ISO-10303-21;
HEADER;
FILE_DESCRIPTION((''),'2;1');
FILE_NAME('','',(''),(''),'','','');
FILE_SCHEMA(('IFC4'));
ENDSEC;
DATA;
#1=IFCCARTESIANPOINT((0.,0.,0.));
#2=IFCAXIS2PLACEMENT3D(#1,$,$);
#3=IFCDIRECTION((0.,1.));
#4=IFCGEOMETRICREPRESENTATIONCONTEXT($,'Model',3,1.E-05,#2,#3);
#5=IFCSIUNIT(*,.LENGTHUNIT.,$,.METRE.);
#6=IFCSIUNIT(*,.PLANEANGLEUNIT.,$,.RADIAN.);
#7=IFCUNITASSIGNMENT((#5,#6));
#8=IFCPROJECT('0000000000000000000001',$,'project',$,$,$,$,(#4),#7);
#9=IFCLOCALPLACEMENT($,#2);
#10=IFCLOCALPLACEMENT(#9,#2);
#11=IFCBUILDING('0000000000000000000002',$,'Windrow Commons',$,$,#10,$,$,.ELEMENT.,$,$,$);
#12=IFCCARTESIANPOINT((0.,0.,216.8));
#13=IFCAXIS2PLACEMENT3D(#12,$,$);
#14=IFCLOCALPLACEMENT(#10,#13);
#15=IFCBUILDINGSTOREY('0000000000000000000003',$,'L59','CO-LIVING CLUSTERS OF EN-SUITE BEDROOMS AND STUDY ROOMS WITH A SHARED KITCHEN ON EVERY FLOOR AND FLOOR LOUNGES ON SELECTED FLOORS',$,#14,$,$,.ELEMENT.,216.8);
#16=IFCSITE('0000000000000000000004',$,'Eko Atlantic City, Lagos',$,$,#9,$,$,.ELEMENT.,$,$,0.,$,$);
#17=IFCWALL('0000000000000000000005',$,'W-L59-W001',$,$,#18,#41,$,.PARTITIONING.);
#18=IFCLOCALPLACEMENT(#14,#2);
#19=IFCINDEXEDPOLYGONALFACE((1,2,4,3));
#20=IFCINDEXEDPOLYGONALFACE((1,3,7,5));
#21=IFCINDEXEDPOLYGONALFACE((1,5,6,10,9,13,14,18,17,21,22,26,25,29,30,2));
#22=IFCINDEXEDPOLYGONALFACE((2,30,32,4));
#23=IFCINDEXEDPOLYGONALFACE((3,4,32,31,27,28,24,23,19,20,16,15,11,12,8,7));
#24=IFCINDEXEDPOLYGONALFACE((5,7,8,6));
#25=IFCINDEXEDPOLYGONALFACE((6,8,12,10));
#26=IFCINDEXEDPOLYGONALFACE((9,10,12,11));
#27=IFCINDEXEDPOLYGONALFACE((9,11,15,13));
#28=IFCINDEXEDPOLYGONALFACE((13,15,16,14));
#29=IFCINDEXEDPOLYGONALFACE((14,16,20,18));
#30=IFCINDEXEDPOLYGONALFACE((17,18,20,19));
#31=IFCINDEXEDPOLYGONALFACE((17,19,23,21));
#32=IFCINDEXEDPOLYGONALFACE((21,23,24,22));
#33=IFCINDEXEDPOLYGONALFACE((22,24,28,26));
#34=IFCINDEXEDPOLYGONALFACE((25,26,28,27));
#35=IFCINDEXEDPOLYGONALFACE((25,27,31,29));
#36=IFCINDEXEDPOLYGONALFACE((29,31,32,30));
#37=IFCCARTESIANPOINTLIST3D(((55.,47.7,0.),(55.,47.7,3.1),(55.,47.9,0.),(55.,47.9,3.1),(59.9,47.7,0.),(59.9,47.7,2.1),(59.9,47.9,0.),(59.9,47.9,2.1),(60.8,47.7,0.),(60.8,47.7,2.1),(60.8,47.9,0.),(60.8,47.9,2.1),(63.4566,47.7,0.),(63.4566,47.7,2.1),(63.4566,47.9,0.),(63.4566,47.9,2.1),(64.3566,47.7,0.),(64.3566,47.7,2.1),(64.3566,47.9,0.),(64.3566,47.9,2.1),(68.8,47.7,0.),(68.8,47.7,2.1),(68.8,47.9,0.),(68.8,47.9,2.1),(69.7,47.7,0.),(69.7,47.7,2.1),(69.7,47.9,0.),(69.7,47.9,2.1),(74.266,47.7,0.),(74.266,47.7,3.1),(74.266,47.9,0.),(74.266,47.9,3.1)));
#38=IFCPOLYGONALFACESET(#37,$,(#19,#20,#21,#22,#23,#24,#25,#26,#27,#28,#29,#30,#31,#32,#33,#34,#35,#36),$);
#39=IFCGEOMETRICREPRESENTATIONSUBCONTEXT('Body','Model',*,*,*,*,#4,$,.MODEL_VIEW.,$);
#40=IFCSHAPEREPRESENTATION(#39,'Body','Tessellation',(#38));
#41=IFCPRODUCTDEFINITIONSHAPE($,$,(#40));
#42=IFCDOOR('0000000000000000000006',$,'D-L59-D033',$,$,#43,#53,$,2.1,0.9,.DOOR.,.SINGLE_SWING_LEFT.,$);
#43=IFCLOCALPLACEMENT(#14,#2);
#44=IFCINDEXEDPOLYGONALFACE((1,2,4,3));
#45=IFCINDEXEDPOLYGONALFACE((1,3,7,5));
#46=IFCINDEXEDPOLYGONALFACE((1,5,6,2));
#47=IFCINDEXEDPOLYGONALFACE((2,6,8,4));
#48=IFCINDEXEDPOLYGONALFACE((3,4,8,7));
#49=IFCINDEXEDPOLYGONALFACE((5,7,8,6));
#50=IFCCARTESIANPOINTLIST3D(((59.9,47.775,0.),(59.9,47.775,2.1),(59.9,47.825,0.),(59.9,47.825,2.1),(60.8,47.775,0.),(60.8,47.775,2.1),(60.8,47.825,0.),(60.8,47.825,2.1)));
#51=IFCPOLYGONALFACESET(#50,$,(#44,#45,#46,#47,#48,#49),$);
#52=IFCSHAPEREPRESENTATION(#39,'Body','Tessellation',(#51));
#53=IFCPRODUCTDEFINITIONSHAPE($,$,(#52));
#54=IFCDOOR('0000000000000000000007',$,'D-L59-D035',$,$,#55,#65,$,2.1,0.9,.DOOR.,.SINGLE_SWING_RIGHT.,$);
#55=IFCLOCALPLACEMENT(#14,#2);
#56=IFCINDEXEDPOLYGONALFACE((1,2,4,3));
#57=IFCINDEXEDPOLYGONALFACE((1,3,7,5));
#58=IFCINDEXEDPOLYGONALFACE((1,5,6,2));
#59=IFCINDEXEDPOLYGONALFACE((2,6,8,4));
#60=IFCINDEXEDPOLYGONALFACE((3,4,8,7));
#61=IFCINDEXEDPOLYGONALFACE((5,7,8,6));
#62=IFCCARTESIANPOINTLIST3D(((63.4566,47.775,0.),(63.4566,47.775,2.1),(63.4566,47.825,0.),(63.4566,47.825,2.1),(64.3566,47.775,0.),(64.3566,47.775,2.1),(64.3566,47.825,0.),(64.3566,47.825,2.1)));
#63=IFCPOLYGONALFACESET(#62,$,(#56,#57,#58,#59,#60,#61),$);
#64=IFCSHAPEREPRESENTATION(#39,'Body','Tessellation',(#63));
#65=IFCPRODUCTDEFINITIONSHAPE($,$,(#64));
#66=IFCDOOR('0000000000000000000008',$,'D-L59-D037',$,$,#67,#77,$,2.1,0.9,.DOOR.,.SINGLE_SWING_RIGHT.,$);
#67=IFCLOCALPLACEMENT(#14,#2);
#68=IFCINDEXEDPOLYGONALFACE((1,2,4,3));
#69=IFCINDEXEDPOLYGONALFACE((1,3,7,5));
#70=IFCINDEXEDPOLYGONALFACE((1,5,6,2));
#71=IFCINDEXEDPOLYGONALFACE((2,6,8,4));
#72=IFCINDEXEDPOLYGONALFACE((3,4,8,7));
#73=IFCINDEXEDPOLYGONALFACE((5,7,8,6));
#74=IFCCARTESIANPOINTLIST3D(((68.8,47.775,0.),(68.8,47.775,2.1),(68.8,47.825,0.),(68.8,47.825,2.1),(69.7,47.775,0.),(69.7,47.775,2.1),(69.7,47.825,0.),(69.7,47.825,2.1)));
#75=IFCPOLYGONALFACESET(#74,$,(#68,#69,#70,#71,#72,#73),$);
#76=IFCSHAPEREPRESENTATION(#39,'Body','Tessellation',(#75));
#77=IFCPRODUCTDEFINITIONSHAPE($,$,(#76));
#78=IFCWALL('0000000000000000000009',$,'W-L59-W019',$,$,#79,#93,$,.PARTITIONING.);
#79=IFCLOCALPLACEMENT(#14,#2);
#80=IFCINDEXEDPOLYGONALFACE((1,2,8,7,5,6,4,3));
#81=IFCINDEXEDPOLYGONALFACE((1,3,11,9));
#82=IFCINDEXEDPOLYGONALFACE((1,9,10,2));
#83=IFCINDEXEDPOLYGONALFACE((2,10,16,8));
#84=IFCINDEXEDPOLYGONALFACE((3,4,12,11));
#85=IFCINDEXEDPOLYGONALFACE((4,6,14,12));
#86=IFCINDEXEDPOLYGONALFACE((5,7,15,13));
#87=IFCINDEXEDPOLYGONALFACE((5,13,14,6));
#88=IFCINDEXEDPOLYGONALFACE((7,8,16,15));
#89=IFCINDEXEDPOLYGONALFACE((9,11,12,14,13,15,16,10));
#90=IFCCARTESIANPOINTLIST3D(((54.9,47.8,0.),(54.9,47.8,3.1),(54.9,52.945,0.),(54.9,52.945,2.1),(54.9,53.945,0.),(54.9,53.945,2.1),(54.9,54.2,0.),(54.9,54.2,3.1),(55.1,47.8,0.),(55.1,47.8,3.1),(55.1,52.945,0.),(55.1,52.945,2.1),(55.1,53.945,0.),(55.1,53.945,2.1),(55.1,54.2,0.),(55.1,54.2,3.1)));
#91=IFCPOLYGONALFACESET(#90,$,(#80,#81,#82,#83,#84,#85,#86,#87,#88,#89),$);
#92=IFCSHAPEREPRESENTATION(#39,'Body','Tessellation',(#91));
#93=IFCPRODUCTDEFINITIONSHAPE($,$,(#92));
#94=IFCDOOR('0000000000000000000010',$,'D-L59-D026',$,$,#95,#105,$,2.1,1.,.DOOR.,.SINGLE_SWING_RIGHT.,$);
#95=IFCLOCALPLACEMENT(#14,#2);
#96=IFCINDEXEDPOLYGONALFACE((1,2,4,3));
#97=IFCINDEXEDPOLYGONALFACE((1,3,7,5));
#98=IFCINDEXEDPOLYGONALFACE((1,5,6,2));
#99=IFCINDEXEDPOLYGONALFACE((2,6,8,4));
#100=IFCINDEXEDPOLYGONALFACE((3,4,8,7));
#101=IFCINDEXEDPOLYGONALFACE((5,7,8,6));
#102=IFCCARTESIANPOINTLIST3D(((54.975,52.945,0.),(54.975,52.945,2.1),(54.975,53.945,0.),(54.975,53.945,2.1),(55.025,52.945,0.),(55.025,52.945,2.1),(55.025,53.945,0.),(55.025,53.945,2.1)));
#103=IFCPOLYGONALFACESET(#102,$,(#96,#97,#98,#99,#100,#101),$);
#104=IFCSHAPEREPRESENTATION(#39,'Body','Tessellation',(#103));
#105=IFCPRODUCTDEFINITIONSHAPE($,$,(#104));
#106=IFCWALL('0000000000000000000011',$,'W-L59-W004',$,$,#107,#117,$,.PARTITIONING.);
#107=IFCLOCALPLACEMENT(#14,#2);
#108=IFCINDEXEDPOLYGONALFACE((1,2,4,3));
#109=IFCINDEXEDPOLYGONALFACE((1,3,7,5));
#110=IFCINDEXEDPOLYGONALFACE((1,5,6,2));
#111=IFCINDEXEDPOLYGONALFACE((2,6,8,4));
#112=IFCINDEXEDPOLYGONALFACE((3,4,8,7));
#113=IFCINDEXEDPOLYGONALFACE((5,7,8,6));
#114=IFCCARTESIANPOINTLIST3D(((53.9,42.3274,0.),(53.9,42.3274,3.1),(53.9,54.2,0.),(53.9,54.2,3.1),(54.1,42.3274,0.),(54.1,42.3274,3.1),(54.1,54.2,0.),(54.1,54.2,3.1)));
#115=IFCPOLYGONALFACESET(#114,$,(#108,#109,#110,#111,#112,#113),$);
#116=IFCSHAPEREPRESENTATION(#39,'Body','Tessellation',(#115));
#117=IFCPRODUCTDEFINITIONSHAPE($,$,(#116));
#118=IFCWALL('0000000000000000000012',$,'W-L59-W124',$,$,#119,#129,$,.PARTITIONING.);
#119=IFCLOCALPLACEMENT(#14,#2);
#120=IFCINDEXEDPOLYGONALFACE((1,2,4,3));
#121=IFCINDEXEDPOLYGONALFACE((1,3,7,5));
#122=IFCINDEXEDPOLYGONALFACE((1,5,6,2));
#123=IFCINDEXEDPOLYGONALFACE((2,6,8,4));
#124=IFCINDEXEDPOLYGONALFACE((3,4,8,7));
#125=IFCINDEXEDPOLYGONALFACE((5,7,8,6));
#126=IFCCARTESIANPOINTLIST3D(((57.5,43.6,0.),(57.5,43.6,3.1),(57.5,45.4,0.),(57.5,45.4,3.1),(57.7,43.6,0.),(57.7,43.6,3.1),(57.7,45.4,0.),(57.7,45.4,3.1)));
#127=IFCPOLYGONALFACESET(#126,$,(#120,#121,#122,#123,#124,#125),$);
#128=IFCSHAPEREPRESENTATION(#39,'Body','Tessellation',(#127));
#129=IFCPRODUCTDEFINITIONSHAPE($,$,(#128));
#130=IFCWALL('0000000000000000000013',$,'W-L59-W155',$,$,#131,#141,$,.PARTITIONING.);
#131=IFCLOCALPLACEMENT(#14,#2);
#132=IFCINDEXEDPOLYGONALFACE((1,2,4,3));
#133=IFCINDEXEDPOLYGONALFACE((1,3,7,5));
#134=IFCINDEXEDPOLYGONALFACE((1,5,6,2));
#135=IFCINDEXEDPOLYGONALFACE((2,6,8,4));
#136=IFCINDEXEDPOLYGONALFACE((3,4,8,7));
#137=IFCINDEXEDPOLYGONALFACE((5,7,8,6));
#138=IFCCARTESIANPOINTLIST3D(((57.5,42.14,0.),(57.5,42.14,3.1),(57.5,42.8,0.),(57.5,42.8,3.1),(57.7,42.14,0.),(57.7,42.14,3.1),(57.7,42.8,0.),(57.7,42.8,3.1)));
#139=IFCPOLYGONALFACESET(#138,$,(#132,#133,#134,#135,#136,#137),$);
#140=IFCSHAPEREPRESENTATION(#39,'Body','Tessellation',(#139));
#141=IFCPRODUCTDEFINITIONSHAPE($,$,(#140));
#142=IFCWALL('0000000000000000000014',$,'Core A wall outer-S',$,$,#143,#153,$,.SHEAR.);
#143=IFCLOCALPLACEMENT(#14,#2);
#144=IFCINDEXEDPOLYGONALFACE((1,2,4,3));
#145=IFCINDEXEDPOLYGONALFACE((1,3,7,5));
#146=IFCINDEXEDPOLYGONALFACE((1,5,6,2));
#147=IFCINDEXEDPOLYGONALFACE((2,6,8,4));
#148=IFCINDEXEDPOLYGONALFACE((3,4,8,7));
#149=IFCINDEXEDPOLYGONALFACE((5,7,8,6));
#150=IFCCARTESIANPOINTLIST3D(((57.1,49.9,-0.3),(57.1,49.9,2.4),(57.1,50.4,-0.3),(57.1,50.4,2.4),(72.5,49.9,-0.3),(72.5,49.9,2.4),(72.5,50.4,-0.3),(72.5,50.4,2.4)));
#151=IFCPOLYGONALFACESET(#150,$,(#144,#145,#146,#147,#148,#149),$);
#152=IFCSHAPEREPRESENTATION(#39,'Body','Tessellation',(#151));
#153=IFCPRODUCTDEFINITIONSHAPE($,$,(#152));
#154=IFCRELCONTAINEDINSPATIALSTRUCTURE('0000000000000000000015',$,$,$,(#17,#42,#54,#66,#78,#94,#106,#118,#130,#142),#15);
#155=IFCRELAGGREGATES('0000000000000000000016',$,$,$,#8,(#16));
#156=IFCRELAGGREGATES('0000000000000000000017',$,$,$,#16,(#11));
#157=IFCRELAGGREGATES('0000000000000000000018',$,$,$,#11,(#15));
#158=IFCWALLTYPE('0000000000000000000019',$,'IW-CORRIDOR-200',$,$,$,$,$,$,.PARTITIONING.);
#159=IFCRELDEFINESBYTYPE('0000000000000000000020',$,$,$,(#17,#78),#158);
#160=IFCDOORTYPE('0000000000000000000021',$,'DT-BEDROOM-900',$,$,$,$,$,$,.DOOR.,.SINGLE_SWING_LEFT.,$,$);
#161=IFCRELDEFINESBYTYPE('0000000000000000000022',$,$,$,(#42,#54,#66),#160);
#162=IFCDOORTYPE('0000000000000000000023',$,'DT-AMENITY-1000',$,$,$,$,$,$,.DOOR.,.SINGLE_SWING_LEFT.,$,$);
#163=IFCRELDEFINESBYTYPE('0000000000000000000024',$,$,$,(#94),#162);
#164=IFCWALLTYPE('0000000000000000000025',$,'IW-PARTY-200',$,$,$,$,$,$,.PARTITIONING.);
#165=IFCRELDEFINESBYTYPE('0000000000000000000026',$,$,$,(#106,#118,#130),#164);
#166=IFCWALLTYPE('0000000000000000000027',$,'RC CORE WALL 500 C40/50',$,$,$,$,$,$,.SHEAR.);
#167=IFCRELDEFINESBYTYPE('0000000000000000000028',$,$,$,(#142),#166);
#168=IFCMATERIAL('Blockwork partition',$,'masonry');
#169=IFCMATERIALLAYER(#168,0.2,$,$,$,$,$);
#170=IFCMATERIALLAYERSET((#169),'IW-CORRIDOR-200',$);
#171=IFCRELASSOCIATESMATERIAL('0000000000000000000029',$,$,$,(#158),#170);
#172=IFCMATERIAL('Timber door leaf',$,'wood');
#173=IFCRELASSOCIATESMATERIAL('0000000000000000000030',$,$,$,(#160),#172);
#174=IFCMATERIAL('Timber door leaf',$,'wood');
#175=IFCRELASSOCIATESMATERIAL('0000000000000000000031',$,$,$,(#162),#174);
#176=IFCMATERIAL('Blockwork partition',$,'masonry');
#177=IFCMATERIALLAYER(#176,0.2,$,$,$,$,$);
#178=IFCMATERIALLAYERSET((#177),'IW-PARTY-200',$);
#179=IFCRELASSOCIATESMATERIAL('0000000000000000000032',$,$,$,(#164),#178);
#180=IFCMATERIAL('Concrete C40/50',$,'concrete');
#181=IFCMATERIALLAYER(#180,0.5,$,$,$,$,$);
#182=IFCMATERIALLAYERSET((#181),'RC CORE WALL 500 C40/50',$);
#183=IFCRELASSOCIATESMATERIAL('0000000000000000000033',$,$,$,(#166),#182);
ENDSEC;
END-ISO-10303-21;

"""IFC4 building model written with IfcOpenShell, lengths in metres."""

from ifc_helpers import new_model, si_unit, direction, frame, frame_2d, origin, place, context, subcontext, project, spatial, rectangle, extrude, material, layer, layer_set, type_object, element, fill, save


model = new_model("IFC4")

# Units and contexts
model_context = context("Model", 3, precision=1e-05, world=origin(), true_north=direction((0.0, 1.0)))
body_context = subcontext(model_context, "Body", "Model", "MODEL_VIEW")
ifc_project = project(units=[si_unit("LENGTHUNIT", "METRE"), si_unit("PLANEANGLEUNIT", "RADIAN")], contexts=[model_context])

# Site, building, storey
site_placement = place(None, origin())
site = spatial("IfcSite", under=ifc_project, at=site_placement, Name="Eko Atlantic City, Lagos", CompositionType="ELEMENT", RefElevation=0.0)
building_placement = place(site_placement, origin())
building = spatial("IfcBuilding", under=site, at=building_placement, Name="Windrow Commons", CompositionType="ELEMENT")
storey_placement = place(building_placement, frame((0.0, 0.0, 216.8)))
storey = spatial("IfcBuildingStorey", under=building, at=storey_placement, Name="L59", Description="CO-LIVING CLUSTERS OF EN-SUITE BEDROOMS AND STUDY ROOMS WITH A SHARED KITCHEN ON EVERY FLOOR AND FLOOR LOUNGES ON SELECTED FLOORS", CompositionType="ELEMENT", Elevation=216.8)

# Wall, openings, doors
ifc_material_1 = material(Name="Blockwork partition", Category="masonry")
ifc_layer_1 = layer(ifc_material_1, 0.2)
ifc_layer_set_1 = layer_set([ifc_layer_1], Name="IW-CORRIDOR-200")
wall_type_1 = type_object("IfcWallType", Name="IW-CORRIDOR-200", PredefinedType="PARTITIONING", material=ifc_layer_set_1)
wall_1_placement = place(storey_placement, frame((55.0, 47.8, 0.0), z_axis=(0.0, 0.0, 1.0), x_axis=(1.0, 0.0, 0.0)))
wall_1 = element("IfcWall", 1, at=wall_1_placement, inside=storey, type_object=wall_type_1, Name="W-L59-W001", PredefinedType="PARTITIONING", context=body_context, shape_type="SweptSolid", body=[
    extrude(rectangle(XDim=19.266, YDim=0.2, at=frame_2d((9.633, 0.0))), origin(), (0.0, 0.0, 1.0), 3.1),
])
opening_1_placement = place(wall_1_placement, frame((4.9, 0.0, 0.0)))
opening_1 = element("IfcOpeningElement", 2, at=opening_1_placement, cuts=wall_1, PredefinedType="OPENING", context=body_context, shape_type="SweptSolid", body=[
    extrude(rectangle(XDim=0.9, YDim=2.1, at=frame_2d((0.45, 1.05))), frame((0.0, 0.11, 0.0), z_axis=(0.0, -1.0, 0.0), x_axis=(1.0, 0.0, 0.0)), (0.0, 0.0, 1.0), 0.22),
])
opening_2_placement = place(wall_1_placement, frame((8.4566, 0.0, 0.0)))
opening_2 = element("IfcOpeningElement", 3, at=opening_2_placement, cuts=wall_1, PredefinedType="OPENING", context=body_context, shape_type="SweptSolid", body=[
    extrude(rectangle(XDim=0.9, YDim=2.1, at=frame_2d((0.45, 1.05))), frame((0.0, 0.11, 0.0), z_axis=(0.0, -1.0, 0.0), x_axis=(1.0, 0.0, 0.0)), (0.0, 0.0, 1.0), 0.22),
])
opening_3_placement = place(wall_1_placement, frame((13.8, 0.0, 0.0)))
opening_3 = element("IfcOpeningElement", 4, at=opening_3_placement, cuts=wall_1, PredefinedType="OPENING", context=body_context, shape_type="SweptSolid", body=[
    extrude(rectangle(XDim=0.9, YDim=2.1, at=frame_2d((0.45, 1.05))), frame((0.0, 0.11, 0.0), z_axis=(0.0, -1.0, 0.0), x_axis=(1.0, 0.0, 0.0)), (0.0, 0.0, 1.0), 0.22),
])
ifc_material_2 = material(Name="Timber door leaf", Category="wood")
door_type_1 = type_object("IfcDoorType", Name="DT-BEDROOM-900", OperationType="SINGLE_SWING_LEFT", PredefinedType="DOOR", material=ifc_material_2)
door_1_placement = place(opening_1_placement, origin())
door_1 = element("IfcDoor", 5, at=door_1_placement, inside=storey, type_object=door_type_1, Name="D-L59-D033", OperationType="SINGLE_SWING_LEFT", OverallHeight=2.1, OverallWidth=0.9, PredefinedType="DOOR", context=body_context, shape_type="SweptSolid", body=[
    extrude(rectangle(XDim=0.9, YDim=2.1, at=frame_2d((0.45, 1.05))), frame((0.0, 0.025, 0.0), z_axis=(0.0, -1.0, 0.0), x_axis=(1.0, 0.0, 0.0)), (0.0, 0.0, 1.0), 0.05),
])
fill(opening_1, door_1)
door_2_placement = place(opening_2_placement, origin())
door_2 = element("IfcDoor", 6, at=door_2_placement, inside=storey, type_object=door_type_1, Name="D-L59-D035", OperationType="SINGLE_SWING_RIGHT", OverallHeight=2.1, OverallWidth=0.9, PredefinedType="DOOR", context=body_context, shape_type="SweptSolid", body=[
    extrude(rectangle(XDim=0.9, YDim=2.1, at=frame_2d((0.45, 1.05))), frame((0.0, 0.025, 0.0), z_axis=(0.0, -1.0, 0.0), x_axis=(1.0, 0.0, 0.0)), (0.0, 0.0, 1.0), 0.05),
])
fill(opening_2, door_2)
door_3_placement = place(opening_3_placement, origin())
door_3 = element("IfcDoor", 7, at=door_3_placement, inside=storey, type_object=door_type_1, Name="D-L59-D037", OperationType="SINGLE_SWING_RIGHT", OverallHeight=2.1, OverallWidth=0.9, PredefinedType="DOOR", context=body_context, shape_type="SweptSolid", body=[
    extrude(rectangle(XDim=0.9, YDim=2.1, at=frame_2d((0.45, 1.05))), frame((0.0, 0.025, 0.0), z_axis=(0.0, -1.0, 0.0), x_axis=(1.0, 0.0, 0.0)), (0.0, 0.0, 1.0), 0.05),
])
fill(opening_3, door_3)

# Wall, opening, door
wall_2_placement = place(storey_placement, frame((55.0, 47.8, 0.0), z_axis=(0.0, 0.0, 1.0), x_axis=(0.0, 1.0, 0.0)))
wall_2 = element("IfcWall", 8, at=wall_2_placement, inside=storey, type_object=wall_type_1, Name="W-L59-W019", PredefinedType="PARTITIONING", context=body_context, shape_type="SweptSolid", body=[
    extrude(rectangle(XDim=6.4, YDim=0.2, at=frame_2d((3.2, 0.0))), origin(), (0.0, 0.0, 1.0), 3.1),
])
opening_4_placement = place(wall_2_placement, frame((5.145, 0.0, 0.0)))
opening_4 = element("IfcOpeningElement", 9, at=opening_4_placement, cuts=wall_2, PredefinedType="OPENING", context=body_context, shape_type="SweptSolid", body=[
    extrude(rectangle(XDim=1.0, YDim=2.1, at=frame_2d((0.5, 1.05))), frame((0.0, 0.11, 0.0), z_axis=(0.0, -1.0, 0.0), x_axis=(1.0, 0.0, 0.0)), (0.0, 0.0, 1.0), 0.22),
])
ifc_material_3 = material(Name="Timber door leaf", Category="wood")
door_type_2 = type_object("IfcDoorType", Name="DT-AMENITY-1000", OperationType="SINGLE_SWING_LEFT", PredefinedType="DOOR", material=ifc_material_3)
door_4_placement = place(opening_4_placement, origin())
door_4 = element("IfcDoor", 10, at=door_4_placement, inside=storey, type_object=door_type_2, Name="D-L59-D026", OperationType="SINGLE_SWING_RIGHT", OverallHeight=2.1, OverallWidth=1.0, PredefinedType="DOOR", context=body_context, shape_type="SweptSolid", body=[
    extrude(rectangle(XDim=1.0, YDim=2.1, at=frame_2d((0.5, 1.05))), frame((0.0, 0.025, 0.0), z_axis=(0.0, -1.0, 0.0), x_axis=(1.0, 0.0, 0.0)), (0.0, 0.0, 1.0), 0.05),
])
fill(opening_4, door_4)

# Walls
ifc_material_4 = material(Name="Blockwork partition", Category="masonry")
ifc_layer_2 = layer(ifc_material_4, 0.2)
ifc_layer_set_2 = layer_set([ifc_layer_2], Name="IW-PARTY-200")
wall_type_2 = type_object("IfcWallType", Name="IW-PARTY-200", PredefinedType="PARTITIONING", material=ifc_layer_set_2)
wall_3_placement = place(storey_placement, frame((54.0, 42.3274, 0.0), z_axis=(0.0, 0.0, 1.0), x_axis=(0.0, 1.0, 0.0)))
element("IfcWall", 11, at=wall_3_placement, inside=storey, type_object=wall_type_2, Name="W-L59-W004", PredefinedType="PARTITIONING", context=body_context, shape_type="SweptSolid", body=[
    extrude(rectangle(XDim=11.8726, YDim=0.2, at=frame_2d((5.9363, 0.0))), origin(), (0.0, 0.0, 1.0), 3.1),
])
wall_4_placement = place(storey_placement, frame((57.6, 43.6, 0.0), z_axis=(0.0, 0.0, 1.0), x_axis=(0.0, 1.0, 0.0)))
element("IfcWall", 12, at=wall_4_placement, inside=storey, type_object=wall_type_2, Name="W-L59-W124", PredefinedType="PARTITIONING", context=body_context, shape_type="SweptSolid", body=[
    extrude(rectangle(XDim=1.8, YDim=0.2, at=frame_2d((0.9, 0.0))), origin(), (0.0, 0.0, 1.0), 3.1),
])
wall_5_placement = place(storey_placement, frame((57.6, 42.14, 0.0), z_axis=(0.0, 0.0, 1.0), x_axis=(0.0, 1.0, 0.0)))
element("IfcWall", 13, at=wall_5_placement, inside=storey, type_object=wall_type_2, Name="W-L59-W155", PredefinedType="PARTITIONING", context=body_context, shape_type="SweptSolid", body=[
    extrude(rectangle(XDim=0.66, YDim=0.2, at=frame_2d((0.33, 0.0))), origin(), (0.0, 0.0, 1.0), 3.1),
])
ifc_material_5 = material(Name="Concrete C40/50", Category="concrete")
ifc_layer_3 = layer(ifc_material_5, 0.5)
ifc_layer_set_3 = layer_set([ifc_layer_3], Name="RC CORE WALL 500 C40/50")
wall_type_3 = type_object("IfcWallType", Name="RC CORE WALL 500 C40/50", PredefinedType="SHEAR", material=ifc_layer_set_3)
wall_6_placement = place(storey_placement, frame((57.1, 50.15, -0.3), z_axis=(0.0, 0.0, 1.0), x_axis=(1.0, 0.0, 0.0)))
element("IfcWall", 14, at=wall_6_placement, inside=storey, type_object=wall_type_3, Name="Core A wall outer-S", PredefinedType="SHEAR", context=body_context, shape_type="SweptSolid", body=[
    extrude(rectangle(XDim=15.4, YDim=0.5, at=frame_2d((7.7, 0.0))), origin(), (0.0, 0.0, 1.0), 2.7),
])

save(model, "model.ifc")
